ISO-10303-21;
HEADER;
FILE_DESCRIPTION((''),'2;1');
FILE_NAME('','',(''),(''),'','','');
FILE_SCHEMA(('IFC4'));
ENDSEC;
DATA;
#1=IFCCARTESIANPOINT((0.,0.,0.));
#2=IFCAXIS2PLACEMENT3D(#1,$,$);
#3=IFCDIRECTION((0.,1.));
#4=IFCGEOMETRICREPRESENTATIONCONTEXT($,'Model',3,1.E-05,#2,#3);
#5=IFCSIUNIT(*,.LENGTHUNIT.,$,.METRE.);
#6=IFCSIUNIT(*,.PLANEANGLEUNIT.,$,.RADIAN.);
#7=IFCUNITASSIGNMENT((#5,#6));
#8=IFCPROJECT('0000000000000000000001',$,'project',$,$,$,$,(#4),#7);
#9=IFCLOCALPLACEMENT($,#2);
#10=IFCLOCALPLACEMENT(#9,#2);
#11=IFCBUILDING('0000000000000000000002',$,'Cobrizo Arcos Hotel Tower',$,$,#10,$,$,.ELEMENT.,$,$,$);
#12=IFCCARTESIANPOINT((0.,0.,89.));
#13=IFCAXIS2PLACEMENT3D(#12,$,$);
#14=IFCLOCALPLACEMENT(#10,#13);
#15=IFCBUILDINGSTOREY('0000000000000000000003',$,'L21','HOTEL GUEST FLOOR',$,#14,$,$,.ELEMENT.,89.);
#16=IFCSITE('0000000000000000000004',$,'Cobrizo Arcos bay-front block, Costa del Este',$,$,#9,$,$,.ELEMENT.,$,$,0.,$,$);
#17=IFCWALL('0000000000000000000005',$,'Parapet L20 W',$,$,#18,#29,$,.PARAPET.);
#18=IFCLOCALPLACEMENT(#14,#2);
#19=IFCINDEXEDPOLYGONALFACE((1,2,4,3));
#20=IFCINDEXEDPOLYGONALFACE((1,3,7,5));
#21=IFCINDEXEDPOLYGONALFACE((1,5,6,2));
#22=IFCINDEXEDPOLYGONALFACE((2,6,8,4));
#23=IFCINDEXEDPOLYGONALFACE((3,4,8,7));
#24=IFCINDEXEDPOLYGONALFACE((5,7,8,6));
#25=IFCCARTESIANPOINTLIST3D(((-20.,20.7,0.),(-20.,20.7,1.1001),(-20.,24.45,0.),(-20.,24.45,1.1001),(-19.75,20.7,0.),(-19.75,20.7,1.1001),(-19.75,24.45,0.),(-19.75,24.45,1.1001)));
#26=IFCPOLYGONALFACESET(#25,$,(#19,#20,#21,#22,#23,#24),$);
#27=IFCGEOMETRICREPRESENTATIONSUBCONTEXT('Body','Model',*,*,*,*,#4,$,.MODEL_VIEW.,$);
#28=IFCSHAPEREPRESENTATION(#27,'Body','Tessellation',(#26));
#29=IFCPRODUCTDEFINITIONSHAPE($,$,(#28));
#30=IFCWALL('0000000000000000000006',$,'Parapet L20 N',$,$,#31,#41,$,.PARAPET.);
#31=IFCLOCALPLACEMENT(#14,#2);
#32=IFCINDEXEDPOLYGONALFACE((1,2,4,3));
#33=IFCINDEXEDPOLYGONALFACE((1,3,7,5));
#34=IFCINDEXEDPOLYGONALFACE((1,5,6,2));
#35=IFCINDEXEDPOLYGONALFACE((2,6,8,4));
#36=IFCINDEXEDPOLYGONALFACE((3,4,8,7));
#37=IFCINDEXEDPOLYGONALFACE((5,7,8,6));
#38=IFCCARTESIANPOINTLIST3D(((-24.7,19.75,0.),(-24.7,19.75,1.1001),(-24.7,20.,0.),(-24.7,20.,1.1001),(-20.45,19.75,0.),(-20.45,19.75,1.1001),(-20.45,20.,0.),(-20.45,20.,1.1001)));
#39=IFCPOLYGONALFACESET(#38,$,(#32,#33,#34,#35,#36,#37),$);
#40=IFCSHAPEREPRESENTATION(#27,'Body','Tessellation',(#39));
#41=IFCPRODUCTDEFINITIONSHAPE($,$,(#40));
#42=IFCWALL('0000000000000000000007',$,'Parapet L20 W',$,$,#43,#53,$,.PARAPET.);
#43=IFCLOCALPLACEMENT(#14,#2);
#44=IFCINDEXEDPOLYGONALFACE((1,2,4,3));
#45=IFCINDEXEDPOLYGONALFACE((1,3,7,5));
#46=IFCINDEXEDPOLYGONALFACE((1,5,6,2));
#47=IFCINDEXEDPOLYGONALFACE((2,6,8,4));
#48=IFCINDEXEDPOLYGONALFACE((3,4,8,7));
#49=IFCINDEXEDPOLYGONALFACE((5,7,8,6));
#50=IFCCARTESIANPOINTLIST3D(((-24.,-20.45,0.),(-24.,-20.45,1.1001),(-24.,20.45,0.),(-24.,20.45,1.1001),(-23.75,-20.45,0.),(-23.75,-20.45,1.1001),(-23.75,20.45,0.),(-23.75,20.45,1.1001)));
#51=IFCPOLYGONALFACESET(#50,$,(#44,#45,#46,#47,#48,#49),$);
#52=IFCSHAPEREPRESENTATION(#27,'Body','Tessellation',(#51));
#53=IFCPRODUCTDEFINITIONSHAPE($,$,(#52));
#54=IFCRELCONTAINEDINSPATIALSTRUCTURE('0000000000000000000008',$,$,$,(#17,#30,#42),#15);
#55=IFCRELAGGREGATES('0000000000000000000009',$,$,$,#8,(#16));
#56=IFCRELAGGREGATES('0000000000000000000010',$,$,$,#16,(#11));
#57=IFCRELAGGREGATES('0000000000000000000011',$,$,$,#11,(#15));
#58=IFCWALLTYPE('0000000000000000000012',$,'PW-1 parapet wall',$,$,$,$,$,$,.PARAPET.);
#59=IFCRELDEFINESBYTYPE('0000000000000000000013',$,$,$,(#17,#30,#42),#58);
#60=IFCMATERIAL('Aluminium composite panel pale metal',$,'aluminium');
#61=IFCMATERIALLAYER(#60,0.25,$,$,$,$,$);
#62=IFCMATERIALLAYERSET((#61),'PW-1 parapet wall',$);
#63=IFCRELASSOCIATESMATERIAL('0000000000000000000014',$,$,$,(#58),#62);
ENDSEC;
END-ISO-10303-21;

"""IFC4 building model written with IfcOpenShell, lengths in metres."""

from ifc_helpers import new_model, si_unit, direction, frame, frame_2d, origin, place, context, subcontext, project, spatial, rectangle, extrude, material, layer, layer_set, type_object, element, save


model = new_model("IFC4")

# Units and contexts
model_context = context("Model", 3, precision=1e-05, world=origin(), true_north=direction((0.0, 1.0)))
body_context = subcontext(model_context, "Body", "Model", "MODEL_VIEW")
ifc_project = project(units=[si_unit("LENGTHUNIT", "METRE"), si_unit("PLANEANGLEUNIT", "RADIAN")], contexts=[model_context])

# Site, building, storey
site_placement = place(None, origin())
site = spatial("IfcSite", under=ifc_project, at=site_placement, Name="Cobrizo Arcos bay-front block, Costa del Este", CompositionType="ELEMENT", RefElevation=0.0)
building_placement = place(site_placement, origin())
building = spatial("IfcBuilding", under=site, at=building_placement, Name="Cobrizo Arcos Hotel Tower", CompositionType="ELEMENT")
storey_placement = place(building_placement, frame((0.0, 0.0, 89.0)))
storey = spatial("IfcBuildingStorey", under=building, at=storey_placement, Name="L21", Description="HOTEL GUEST FLOOR", CompositionType="ELEMENT", Elevation=89.0)

# Shared definitions
ifc_material_1 = material(Name="Aluminium composite panel pale metal", Category="aluminium")

# Walls
ifc_layer_1 = layer(ifc_material_1, 0.25)
ifc_layer_set_1 = layer_set([ifc_layer_1], Name="PW-1 parapet wall")
wall_type = type_object("IfcWallType", Name="PW-1 parapet wall", PredefinedType="PARAPET", material=ifc_layer_set_1)
wall_1_placement = place(storey_placement, frame((-19.875, 24.45, 0.0), z_axis=(0.0, 0.0, 1.0), x_axis=(0.0, -1.0, 0.0)))
element("IfcWall", 1, at=wall_1_placement, inside=storey, type_object=wall_type, Name="Parapet L20 W", PredefinedType="PARAPET", context=body_context, shape_type="SweptSolid", body=[
    extrude(rectangle(XDim=3.75, YDim=0.25, at=frame_2d((1.875, 0.0))), origin(), (0.0, 0.0, 1.0), 1.1001),
])
wall_2_placement = place(storey_placement, frame((-20.45, 19.875, 0.0), z_axis=(0.0, 0.0, 1.0), x_axis=(-1.0, 0.0, 0.0)))
element("IfcWall", 2, at=wall_2_placement, inside=storey, type_object=wall_type, Name="Parapet L20 N", PredefinedType="PARAPET", context=body_context, shape_type="SweptSolid", body=[
    extrude(rectangle(XDim=4.25, YDim=0.25, at=frame_2d((2.125, 0.0))), origin(), (0.0, 0.0, 1.0), 1.1001),
])
wall_3_placement = place(storey_placement, frame((-23.875, 20.45, 0.0), z_axis=(0.0, 0.0, 1.0), x_axis=(0.0, -1.0, 0.0)))
element("IfcWall", 3, at=wall_3_placement, inside=storey, type_object=wall_type, Name="Parapet L20 W", PredefinedType="PARAPET", context=body_context, shape_type="SweptSolid", body=[
    extrude(rectangle(XDim=40.8999, YDim=0.25, at=frame_2d((20.45, 0.0))), origin(), (0.0, 0.0, 1.0), 1.1001),
])

save(model, "model.ifc")
